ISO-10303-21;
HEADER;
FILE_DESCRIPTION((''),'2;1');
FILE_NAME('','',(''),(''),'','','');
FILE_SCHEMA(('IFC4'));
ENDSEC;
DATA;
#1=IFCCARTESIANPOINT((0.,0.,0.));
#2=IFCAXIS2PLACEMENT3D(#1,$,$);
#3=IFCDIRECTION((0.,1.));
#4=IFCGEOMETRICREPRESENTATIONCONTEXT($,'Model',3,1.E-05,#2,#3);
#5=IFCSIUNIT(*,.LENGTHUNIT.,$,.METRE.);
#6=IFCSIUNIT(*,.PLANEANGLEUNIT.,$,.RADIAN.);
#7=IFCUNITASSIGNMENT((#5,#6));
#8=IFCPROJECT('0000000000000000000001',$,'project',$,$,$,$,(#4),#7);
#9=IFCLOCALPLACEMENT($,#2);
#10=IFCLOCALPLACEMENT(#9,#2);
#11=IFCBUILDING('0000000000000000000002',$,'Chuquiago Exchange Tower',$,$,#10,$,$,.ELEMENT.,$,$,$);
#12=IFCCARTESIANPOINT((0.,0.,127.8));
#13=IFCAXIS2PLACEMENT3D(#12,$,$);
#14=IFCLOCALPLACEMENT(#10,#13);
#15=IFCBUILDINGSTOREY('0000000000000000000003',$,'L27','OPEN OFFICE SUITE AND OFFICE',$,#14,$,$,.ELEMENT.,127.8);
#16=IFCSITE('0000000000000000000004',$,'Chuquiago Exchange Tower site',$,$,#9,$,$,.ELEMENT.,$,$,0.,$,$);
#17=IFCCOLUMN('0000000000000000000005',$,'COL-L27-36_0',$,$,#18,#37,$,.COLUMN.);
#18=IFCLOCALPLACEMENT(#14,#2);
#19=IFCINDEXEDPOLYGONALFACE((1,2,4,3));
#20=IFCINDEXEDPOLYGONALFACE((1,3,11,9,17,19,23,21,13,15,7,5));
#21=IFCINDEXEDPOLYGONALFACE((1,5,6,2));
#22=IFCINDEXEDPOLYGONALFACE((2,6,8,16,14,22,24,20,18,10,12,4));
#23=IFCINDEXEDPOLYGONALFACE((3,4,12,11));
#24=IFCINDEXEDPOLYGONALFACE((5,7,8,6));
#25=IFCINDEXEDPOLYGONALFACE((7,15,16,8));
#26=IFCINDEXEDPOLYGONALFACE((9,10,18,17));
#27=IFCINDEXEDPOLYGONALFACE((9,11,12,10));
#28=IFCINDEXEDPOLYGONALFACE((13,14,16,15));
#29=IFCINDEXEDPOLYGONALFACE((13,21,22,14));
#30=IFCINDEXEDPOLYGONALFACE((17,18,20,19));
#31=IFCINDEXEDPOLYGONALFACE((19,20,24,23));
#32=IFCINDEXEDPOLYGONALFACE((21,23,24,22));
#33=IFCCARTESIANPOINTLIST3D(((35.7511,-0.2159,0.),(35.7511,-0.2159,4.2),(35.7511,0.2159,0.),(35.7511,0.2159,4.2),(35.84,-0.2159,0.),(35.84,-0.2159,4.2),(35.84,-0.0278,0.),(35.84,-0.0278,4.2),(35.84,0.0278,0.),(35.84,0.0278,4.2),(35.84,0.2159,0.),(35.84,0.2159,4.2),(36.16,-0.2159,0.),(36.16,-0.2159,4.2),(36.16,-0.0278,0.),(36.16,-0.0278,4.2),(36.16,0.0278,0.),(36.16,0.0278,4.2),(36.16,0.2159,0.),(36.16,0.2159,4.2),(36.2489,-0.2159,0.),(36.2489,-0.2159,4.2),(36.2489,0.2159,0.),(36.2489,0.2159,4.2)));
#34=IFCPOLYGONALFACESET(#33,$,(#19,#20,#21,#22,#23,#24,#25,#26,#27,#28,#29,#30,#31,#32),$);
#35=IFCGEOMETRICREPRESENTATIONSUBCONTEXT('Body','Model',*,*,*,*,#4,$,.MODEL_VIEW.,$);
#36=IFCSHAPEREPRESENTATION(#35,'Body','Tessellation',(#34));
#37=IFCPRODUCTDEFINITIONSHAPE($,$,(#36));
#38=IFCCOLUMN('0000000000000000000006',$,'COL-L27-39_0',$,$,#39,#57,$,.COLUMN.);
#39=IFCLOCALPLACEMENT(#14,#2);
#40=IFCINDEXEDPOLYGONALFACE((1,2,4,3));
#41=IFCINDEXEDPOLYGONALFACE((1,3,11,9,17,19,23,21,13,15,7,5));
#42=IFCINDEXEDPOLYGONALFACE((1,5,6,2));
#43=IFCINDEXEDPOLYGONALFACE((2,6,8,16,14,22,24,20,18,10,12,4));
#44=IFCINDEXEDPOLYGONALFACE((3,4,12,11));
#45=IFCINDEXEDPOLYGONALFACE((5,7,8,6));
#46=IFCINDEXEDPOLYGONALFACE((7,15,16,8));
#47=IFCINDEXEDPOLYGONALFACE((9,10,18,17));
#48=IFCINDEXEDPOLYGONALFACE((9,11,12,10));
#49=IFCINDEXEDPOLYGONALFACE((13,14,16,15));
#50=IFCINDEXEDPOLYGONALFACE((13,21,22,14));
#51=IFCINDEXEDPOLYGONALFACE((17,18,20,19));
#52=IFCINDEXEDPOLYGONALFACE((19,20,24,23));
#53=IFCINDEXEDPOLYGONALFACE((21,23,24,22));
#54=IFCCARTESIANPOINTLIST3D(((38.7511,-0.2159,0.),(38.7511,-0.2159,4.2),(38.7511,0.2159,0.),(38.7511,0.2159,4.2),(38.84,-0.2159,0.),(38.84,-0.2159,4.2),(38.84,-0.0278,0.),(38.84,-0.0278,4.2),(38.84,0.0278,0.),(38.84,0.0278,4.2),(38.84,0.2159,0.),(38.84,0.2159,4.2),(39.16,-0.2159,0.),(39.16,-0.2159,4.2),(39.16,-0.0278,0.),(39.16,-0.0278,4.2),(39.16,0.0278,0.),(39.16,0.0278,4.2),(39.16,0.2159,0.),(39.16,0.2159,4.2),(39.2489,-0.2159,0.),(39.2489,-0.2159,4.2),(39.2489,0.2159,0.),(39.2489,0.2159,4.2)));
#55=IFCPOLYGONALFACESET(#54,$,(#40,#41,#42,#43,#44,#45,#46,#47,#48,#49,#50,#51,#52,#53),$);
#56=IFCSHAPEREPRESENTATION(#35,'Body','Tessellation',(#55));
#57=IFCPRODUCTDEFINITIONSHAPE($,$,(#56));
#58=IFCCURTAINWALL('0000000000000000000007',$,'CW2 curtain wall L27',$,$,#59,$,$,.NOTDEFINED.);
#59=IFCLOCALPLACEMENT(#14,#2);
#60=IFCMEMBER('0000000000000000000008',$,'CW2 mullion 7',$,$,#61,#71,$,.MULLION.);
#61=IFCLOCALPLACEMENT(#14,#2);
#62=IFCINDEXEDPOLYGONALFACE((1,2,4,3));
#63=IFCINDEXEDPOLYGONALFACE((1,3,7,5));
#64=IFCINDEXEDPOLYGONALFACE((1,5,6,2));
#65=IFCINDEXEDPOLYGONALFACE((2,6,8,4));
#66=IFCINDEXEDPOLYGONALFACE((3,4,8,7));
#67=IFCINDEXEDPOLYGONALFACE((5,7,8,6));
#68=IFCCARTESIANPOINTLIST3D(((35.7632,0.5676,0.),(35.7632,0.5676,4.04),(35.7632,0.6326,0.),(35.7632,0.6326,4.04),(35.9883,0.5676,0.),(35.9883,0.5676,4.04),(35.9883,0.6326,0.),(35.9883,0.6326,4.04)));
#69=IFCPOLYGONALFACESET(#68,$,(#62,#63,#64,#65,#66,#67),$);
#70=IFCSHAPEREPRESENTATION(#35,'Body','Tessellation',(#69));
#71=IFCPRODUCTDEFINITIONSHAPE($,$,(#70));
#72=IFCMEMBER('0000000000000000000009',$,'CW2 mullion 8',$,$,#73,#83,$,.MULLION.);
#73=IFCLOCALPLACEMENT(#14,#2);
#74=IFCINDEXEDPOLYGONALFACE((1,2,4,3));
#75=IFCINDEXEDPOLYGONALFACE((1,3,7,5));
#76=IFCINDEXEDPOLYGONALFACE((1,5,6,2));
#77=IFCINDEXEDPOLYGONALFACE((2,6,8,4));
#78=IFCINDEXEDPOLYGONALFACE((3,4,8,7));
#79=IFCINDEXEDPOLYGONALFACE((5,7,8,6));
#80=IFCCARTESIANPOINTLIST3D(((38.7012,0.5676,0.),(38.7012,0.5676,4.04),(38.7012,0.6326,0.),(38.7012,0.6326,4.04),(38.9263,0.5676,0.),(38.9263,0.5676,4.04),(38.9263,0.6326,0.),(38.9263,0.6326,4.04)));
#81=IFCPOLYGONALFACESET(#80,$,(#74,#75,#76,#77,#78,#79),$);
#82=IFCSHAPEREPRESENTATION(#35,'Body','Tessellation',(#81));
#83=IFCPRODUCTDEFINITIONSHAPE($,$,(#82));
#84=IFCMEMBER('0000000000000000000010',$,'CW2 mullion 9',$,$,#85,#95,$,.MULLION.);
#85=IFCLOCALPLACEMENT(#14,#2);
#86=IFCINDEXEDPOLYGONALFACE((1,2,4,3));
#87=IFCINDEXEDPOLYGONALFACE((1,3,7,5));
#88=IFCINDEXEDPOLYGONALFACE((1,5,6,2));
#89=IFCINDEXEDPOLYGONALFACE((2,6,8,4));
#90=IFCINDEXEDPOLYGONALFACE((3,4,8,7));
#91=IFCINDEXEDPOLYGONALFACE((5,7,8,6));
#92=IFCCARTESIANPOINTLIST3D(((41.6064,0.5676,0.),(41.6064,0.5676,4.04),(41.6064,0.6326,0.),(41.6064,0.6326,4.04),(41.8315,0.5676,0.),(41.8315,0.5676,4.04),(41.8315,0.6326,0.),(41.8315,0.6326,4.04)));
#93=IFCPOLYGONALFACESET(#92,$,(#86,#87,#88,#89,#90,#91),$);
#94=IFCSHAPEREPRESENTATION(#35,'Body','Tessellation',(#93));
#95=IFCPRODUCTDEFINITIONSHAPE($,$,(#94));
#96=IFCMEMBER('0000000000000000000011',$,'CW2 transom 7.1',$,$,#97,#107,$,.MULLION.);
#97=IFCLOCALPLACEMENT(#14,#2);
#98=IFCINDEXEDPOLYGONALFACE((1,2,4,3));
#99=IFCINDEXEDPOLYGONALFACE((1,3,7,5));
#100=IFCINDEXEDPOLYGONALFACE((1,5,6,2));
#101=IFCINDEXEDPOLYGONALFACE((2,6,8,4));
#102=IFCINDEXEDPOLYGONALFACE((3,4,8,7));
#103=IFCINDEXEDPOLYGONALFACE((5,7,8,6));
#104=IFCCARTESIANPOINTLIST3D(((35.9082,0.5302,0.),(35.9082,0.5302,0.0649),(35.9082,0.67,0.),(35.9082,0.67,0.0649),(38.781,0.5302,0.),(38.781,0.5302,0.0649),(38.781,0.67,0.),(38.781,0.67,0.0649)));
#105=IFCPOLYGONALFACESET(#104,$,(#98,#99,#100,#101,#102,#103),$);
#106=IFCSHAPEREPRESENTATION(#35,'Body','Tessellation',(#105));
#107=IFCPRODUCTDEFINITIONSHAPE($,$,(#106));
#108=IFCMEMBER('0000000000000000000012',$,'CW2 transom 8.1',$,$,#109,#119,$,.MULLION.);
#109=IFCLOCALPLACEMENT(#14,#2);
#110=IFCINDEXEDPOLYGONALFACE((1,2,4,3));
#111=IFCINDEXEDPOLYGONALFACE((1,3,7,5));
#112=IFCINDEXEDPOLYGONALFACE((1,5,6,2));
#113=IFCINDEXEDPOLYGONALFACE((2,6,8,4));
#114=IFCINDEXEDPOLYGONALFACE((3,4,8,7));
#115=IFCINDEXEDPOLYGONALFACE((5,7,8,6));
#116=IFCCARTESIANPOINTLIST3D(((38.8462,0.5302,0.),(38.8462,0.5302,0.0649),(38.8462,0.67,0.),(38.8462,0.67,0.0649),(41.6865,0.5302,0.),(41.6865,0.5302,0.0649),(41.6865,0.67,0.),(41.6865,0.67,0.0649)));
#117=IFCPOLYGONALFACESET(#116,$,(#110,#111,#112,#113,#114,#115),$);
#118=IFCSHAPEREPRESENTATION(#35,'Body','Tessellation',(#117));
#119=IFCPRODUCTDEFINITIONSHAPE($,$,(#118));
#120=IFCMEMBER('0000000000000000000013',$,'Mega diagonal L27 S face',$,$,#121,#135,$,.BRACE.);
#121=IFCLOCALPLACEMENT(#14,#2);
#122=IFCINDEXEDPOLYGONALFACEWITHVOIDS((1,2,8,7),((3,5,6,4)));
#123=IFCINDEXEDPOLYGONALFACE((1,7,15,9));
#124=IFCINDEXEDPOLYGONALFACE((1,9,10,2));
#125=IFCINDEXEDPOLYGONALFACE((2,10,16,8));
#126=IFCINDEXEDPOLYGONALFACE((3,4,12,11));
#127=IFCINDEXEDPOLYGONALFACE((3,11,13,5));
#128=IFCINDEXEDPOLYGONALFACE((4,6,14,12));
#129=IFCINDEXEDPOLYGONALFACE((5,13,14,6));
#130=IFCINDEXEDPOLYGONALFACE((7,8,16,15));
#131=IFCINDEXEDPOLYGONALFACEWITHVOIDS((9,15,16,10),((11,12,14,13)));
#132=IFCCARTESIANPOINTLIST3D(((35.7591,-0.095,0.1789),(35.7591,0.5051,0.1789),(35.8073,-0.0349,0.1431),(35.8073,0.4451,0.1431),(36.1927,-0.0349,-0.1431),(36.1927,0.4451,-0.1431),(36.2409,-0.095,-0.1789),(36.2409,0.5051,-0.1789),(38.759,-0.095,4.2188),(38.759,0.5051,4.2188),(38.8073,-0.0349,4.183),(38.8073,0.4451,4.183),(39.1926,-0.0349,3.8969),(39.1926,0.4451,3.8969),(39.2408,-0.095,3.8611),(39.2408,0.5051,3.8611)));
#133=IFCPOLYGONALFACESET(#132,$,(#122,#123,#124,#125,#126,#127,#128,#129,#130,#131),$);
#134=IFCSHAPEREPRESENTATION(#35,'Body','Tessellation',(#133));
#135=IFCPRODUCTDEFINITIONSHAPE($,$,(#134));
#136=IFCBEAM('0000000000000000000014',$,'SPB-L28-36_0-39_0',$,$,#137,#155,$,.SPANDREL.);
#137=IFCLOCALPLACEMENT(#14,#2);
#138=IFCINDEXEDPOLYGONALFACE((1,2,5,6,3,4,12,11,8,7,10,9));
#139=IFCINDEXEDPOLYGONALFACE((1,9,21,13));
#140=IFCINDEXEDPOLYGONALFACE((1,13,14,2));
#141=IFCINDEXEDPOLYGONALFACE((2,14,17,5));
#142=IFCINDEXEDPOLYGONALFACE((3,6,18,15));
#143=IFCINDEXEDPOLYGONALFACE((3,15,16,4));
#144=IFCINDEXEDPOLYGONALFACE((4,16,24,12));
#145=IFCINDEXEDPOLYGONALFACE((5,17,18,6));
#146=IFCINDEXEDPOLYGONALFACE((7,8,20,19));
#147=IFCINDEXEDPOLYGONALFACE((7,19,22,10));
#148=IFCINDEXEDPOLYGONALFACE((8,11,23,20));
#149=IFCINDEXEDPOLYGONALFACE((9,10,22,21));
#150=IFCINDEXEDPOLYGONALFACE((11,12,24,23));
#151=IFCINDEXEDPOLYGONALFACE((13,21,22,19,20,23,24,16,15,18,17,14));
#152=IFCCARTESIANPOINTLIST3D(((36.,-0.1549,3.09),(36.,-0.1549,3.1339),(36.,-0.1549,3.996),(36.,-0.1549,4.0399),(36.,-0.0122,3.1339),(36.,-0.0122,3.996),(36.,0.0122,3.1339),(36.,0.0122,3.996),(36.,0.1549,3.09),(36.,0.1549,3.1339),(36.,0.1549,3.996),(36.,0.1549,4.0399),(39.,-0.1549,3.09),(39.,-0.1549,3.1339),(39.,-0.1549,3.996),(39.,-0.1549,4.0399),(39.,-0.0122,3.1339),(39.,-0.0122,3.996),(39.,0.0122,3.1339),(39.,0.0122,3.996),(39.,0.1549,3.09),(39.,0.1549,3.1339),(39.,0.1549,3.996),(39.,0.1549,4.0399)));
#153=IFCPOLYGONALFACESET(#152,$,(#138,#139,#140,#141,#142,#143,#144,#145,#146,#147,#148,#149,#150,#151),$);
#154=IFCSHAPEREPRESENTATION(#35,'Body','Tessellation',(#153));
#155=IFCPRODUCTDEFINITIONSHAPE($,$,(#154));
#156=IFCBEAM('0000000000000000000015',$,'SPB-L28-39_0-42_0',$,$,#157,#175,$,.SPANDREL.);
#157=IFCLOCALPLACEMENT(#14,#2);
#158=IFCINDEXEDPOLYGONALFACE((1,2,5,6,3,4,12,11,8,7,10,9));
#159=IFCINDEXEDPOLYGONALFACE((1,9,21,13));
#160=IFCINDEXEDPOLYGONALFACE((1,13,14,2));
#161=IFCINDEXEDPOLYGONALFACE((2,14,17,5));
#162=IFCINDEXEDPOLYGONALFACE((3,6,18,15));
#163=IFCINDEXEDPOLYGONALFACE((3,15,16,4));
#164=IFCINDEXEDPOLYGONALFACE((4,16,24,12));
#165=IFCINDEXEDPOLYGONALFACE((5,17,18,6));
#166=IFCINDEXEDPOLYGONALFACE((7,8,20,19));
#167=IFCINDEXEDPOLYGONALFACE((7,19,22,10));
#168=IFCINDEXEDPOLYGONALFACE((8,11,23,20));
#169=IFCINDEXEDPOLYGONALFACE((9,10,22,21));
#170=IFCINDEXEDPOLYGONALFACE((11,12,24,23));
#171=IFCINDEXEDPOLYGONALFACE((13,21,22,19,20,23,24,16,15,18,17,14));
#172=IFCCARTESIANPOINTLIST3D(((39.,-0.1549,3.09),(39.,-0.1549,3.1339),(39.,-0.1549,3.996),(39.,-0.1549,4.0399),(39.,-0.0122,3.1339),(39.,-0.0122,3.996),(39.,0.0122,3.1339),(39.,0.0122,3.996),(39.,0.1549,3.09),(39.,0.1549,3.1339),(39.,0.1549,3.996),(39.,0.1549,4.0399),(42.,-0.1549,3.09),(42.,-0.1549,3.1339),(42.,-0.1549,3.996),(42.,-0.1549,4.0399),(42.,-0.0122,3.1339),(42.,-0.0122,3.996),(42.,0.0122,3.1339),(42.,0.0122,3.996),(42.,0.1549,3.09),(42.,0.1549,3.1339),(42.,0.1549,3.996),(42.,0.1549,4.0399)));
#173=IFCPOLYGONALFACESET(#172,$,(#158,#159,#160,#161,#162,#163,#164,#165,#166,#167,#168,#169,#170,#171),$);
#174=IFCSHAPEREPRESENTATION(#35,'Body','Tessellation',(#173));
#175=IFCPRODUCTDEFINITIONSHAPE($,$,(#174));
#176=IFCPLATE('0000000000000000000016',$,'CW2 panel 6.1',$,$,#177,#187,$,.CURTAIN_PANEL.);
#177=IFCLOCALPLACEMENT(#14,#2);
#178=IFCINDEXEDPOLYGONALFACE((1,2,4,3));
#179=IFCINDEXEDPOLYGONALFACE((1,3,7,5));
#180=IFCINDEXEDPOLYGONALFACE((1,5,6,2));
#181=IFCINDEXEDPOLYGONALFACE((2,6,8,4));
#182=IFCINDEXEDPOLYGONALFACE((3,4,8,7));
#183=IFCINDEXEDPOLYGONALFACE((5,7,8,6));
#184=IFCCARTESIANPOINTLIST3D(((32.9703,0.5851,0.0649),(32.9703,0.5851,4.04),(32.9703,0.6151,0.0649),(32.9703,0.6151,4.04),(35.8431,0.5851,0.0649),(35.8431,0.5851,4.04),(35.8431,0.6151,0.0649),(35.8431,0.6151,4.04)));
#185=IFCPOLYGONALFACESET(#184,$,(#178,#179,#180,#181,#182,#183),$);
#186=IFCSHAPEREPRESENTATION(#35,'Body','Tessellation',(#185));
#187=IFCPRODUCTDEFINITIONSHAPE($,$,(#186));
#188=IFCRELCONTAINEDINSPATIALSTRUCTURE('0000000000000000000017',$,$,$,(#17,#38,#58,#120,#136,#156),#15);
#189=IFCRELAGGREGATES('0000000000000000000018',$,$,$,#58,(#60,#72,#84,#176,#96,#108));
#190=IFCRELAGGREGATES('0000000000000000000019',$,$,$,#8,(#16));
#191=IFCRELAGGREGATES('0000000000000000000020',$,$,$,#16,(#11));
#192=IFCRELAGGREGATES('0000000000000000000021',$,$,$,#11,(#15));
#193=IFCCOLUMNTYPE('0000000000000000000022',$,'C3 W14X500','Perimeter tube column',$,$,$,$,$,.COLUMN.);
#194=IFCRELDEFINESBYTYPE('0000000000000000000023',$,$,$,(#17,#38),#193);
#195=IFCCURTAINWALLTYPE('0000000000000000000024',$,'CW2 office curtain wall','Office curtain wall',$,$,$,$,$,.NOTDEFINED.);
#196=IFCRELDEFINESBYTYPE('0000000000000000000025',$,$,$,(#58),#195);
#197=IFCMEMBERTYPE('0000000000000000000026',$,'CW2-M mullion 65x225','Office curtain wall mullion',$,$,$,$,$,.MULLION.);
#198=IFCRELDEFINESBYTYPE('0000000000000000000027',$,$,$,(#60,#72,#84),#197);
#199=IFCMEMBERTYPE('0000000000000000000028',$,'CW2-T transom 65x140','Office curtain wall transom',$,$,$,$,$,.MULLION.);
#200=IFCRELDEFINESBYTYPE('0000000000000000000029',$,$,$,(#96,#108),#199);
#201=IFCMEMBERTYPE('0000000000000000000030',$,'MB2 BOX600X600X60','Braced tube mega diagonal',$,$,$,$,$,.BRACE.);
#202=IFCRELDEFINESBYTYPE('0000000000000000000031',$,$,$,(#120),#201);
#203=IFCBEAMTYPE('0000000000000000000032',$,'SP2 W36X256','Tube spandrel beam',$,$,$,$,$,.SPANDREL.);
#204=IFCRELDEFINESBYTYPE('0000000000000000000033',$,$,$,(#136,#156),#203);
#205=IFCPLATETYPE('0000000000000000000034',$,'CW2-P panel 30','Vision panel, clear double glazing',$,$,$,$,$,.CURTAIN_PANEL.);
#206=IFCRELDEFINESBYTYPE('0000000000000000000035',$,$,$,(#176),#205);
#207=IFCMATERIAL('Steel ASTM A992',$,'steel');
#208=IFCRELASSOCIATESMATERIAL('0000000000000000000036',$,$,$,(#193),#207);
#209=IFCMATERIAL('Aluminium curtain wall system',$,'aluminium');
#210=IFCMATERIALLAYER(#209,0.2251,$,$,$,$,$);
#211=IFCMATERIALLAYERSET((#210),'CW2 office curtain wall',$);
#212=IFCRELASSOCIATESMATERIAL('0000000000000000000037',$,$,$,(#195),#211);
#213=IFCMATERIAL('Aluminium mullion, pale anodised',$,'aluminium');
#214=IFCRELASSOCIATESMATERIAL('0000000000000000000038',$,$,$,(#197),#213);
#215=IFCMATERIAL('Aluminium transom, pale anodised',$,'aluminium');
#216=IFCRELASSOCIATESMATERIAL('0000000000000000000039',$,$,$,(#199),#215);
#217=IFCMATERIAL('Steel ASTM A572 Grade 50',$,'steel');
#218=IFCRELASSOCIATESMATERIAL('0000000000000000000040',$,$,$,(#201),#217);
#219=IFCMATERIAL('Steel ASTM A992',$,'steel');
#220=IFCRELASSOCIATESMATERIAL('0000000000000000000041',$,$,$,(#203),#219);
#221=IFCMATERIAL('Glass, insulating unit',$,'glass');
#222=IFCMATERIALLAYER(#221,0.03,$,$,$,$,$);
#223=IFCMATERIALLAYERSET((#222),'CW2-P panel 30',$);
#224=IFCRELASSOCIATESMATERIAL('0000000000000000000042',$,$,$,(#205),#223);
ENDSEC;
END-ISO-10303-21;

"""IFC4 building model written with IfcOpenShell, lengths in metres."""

from ifc_helpers import new_model, si_unit, direction, frame, origin, origin_2d, place, context, subcontext, project, spatial, rectangle, hollow_rectangle, i_section, extrude, material, layer, layer_set, material_profile, profile_set, type_object, element, aggregate, save


model = new_model("IFC4")

# Units and contexts
model_context = context("Model", 3, precision=1e-05, world=origin(), true_north=direction((0.0, 1.0)))
body_context = subcontext(model_context, "Body", "Model", "MODEL_VIEW")
ifc_project = project(units=[si_unit("LENGTHUNIT", "METRE"), si_unit("PLANEANGLEUNIT", "RADIAN")], contexts=[model_context])

# Site, building, storey
site_placement = place(None, origin())
site = spatial("IfcSite", under=ifc_project, at=site_placement, Name="Chuquiago Exchange Tower site", CompositionType="ELEMENT", RefElevation=0.0)
building_placement = place(site_placement, origin())
building = spatial("IfcBuilding", under=site, at=building_placement, Name="Chuquiago Exchange Tower", CompositionType="ELEMENT")
storey_placement = place(building_placement, frame((0.0, 0.0, 127.8)))
storey = spatial("IfcBuildingStorey", under=building, at=storey_placement, Name="L27", Description="OPEN OFFICE SUITE AND OFFICE", CompositionType="ELEMENT", Elevation=127.8)

# Columns
ifc_material_1 = material(Name="Steel ASTM A992", Category="steel")
ifc_material_profile_1 = material_profile(ifc_material_1, i_section(OverallWidth=0.4319, OverallDepth=0.4978, WebThickness=0.0557, FlangeThickness=0.0889, at=origin_2d()), Name="W14X500")
ifc_profile_set_1 = profile_set([ifc_material_profile_1], Name="Steel ASTM A992")
column_type = type_object("IfcColumnType", Name="C3 W14X500", Description="Perimeter tube column", PredefinedType="COLUMN", material=ifc_profile_set_1)
for number, where, z_axis, x_axis, name in (
    (1, (36.0, 0.0, 0.0), (0.0, 0.0, 1.0), (0.0, -1.0, 0.0), "COL-L27-36_0"),
    (2, (39.0, 0.0, 0.0), (0.0, 0.0, 1.0), (0.0, -1.0, 0.0), "COL-L27-39_0"),
):
    element("IfcColumn", number, at=place(storey_placement, frame(where, z_axis=z_axis, x_axis=x_axis)), inside=storey, type_object=column_type, Name=name, PredefinedType="COLUMN", context=body_context, shape_type="SweptSolid", body=[
        extrude(i_section(OverallWidth=0.4319, OverallDepth=0.4978, WebThickness=0.0557, FlangeThickness=0.0889, at=origin_2d()), origin(), (0.0, 0.0, 1.0), 4.2),
    ])

# Curtain wall, members
ifc_material_2 = material(Name="Aluminium curtain wall system", Category="aluminium")
ifc_layer_1 = layer(ifc_material_2, 0.2251)
ifc_layer_set_1 = layer_set([ifc_layer_1], Name="CW2 office curtain wall")
curtain_wall_type = type_object("IfcCurtainWallType", Name="CW2 office curtain wall", Description="Office curtain wall", PredefinedType="NOTDEFINED", material=ifc_layer_set_1)
curtain_wall_placement = place(storey_placement, origin())
curtain_wall = element("IfcCurtainWall", 3, at=curtain_wall_placement, inside=storey, type_object=curtain_wall_type, Name="CW2 curtain wall L27", PredefinedType="NOTDEFINED")
ifc_material_3 = material(Name="Aluminium mullion, pale anodised", Category="aluminium")
ifc_material_profile_2 = material_profile(ifc_material_3, rectangle(XDim=0.0649, YDim=0.2251, at=origin_2d()), Name="AL 65x225")
ifc_profile_set_2 = profile_set([ifc_material_profile_2], Name="Aluminium mullion, pale anodised")
member_type_1 = type_object("IfcMemberType", Name="CW2-M mullion 65x225", Description="Office curtain wall mullion", PredefinedType="MULLION", material=ifc_profile_set_2)
member_1_placement = place(storey_placement, frame((35.8757, 0.6001, 0.0), z_axis=(0.0, 0.0, 1.0), x_axis=(0.0, 1.0, 0.0)))
member_1 = element("IfcMember", 4, at=member_1_placement, type_object=member_type_1, Name="CW2 mullion 7", PredefinedType="MULLION", context=body_context, shape_type="SweptSolid", body=[
    extrude(rectangle(XDim=0.0649, YDim=0.2251, at=origin_2d()), origin(), (0.0, 0.0, 1.0), 4.04),
])
member_2_placement = place(storey_placement, frame((38.8137, 0.6001, 0.0), z_axis=(0.0, 0.0, 1.0), x_axis=(0.0, 1.0, 0.0)))
member_2 = element("IfcMember", 5, at=member_2_placement, type_object=member_type_1, Name="CW2 mullion 8", PredefinedType="MULLION", context=body_context, shape_type="SweptSolid", body=[
    extrude(rectangle(XDim=0.0649, YDim=0.2251, at=origin_2d()), origin(), (0.0, 0.0, 1.0), 4.04),
])
member_3_placement = place(storey_placement, frame((41.719, 0.6001, 0.0), z_axis=(0.0, 0.0, 1.0), x_axis=(0.0, 1.0, 0.0)))
member_3 = element("IfcMember", 6, at=member_3_placement, type_object=member_type_1, Name="CW2 mullion 9", PredefinedType="MULLION", context=body_context, shape_type="SweptSolid", body=[
    extrude(rectangle(XDim=0.0649, YDim=0.2251, at=origin_2d()), origin(), (0.0, 0.0, 1.0), 4.04),
])
ifc_material_4 = material(Name="Aluminium transom, pale anodised", Category="aluminium")
ifc_material_profile_3 = material_profile(ifc_material_4, rectangle(XDim=0.1399, YDim=0.0649, at=origin_2d()), Name="AL 140x65")
ifc_profile_set_3 = profile_set([ifc_material_profile_3], Name="Aluminium transom, pale anodised")
member_type_2 = type_object("IfcMemberType", Name="CW2-T transom 65x140", Description="Office curtain wall transom", PredefinedType="MULLION", material=ifc_profile_set_3)
member_4_placement = place(storey_placement, frame((35.9082, 0.6001, 0.0325), z_axis=(1.0, 0.0, 0.0), x_axis=(0.0, 1.0, 0.0)))
member_4 = element("IfcMember", 7, at=member_4_placement, type_object=member_type_2, Name="CW2 transom 7.1", PredefinedType="MULLION", context=body_context, shape_type="SweptSolid", body=[
    extrude(rectangle(XDim=0.1399, YDim=0.0649, at=origin_2d()), origin(), (0.0, 0.0, 1.0), 2.8728),
])
member_5_placement = place(storey_placement, frame((38.8462, 0.6001, 0.0325), z_axis=(1.0, 0.0, 0.0), x_axis=(0.0, 1.0, 0.0)))
member_5 = element("IfcMember", 8, at=member_5_placement, type_object=member_type_2, Name="CW2 transom 8.1", PredefinedType="MULLION", context=body_context, shape_type="SweptSolid", body=[
    extrude(rectangle(XDim=0.1399, YDim=0.0649, at=origin_2d()), origin(), (0.0, 0.0, 1.0), 2.8403),
])

# Member
ifc_material_5 = material(Name="Steel ASTM A572 Grade 50", Category="steel")
ifc_material_profile_4 = material_profile(ifc_material_5, hollow_rectangle(XDim=0.6001, YDim=0.6001, WallThickness=0.0601, at=origin_2d()), Name="BOX600X600X60")
ifc_profile_set_4 = profile_set([ifc_material_profile_4], Name="Steel ASTM A572 Grade 50")
member_type_3 = type_object("IfcMemberType", Name="MB2 BOX600X600X60", Description="Braced tube mega diagonal", PredefinedType="BRACE", material=ifc_profile_set_4)
member_6_placement = place(storey_placement, frame((36.0, 0.2051, 0.0), z_axis=(0.596174, 0.0, 0.802855), x_axis=(0.0, 1.0, 0.0)))
element("IfcMember", 9, at=member_6_placement, inside=storey, type_object=member_type_3, Name="Mega diagonal L27 S face", PredefinedType="BRACE", context=body_context, shape_type="SweptSolid", body=[
    extrude(hollow_rectangle(XDim=0.6001, YDim=0.6001, WallThickness=0.0601, at=origin_2d()), origin(), (0.0, 0.0, 1.0), 5.032),
])

# Beams
ifc_material_6 = material(Name="Steel ASTM A992", Category="steel")
ifc_material_profile_5 = material_profile(ifc_material_6, i_section(OverallWidth=0.3098, OverallDepth=0.95, WebThickness=0.0244, FlangeThickness=0.0439, at=origin_2d()), Name="W36X256")
ifc_profile_set_5 = profile_set([ifc_material_profile_5], Name="Steel ASTM A992")
beam_type = type_object("IfcBeamType", Name="SP2 W36X256", Description="Tube spandrel beam", PredefinedType="SPANDREL", material=ifc_profile_set_5)
for number, where, z_axis, x_axis, name in (
    (10, (36.0, 0.0, 3.5649), (1.0, 0.0, 0.0), (0.0, 1.0, 0.0), "SPB-L28-36_0-39_0"),
    (11, (39.0, 0.0, 3.5649), (1.0, 0.0, 0.0), (0.0, 1.0, 0.0), "SPB-L28-39_0-42_0"),
):
    element("IfcBeam", number, at=place(storey_placement, frame(where, z_axis=z_axis, x_axis=x_axis)), inside=storey, type_object=beam_type, Name=name, PredefinedType="SPANDREL", context=body_context, shape_type="SweptSolid", body=[
        extrude(i_section(OverallWidth=0.3098, OverallDepth=0.95, WebThickness=0.0244, FlangeThickness=0.0439, at=origin_2d()), origin(), (0.0, 0.0, 1.0), 3.0),
    ])

# Plate
ifc_material_7 = material(Name="Glass, insulating unit", Category="glass")
ifc_layer_2 = layer(ifc_material_7, 0.03)
ifc_layer_set_2 = layer_set([ifc_layer_2], Name="CW2-P panel 30")
plate_type_1 = type_object("IfcPlateType", Name="CW2-P panel 30", Description="Vision panel, clear double glazing", PredefinedType="CURTAIN_PANEL", material=ifc_layer_set_2)
plate_1_placement = place(storey_placement, frame((34.4067, 0.6001, 0.0649), z_axis=(0.0, 0.0, 1.0), x_axis=(1.0, 0.0, 0.0)))
plate_1 = element("IfcPlate", 12, at=plate_1_placement, type_object=plate_type_1, Name="CW2 panel 6.1", PredefinedType="CURTAIN_PANEL", context=body_context, shape_type="SweptSolid", body=[
    extrude(rectangle(XDim=2.8728, YDim=0.03, at=origin_2d()), origin(), (0.0, 0.0, 1.0), 3.9751),
])
aggregate(curtain_wall, [member_1, member_2, member_3, plate_1, member_4, member_5])

save(model, "model.ifc")
